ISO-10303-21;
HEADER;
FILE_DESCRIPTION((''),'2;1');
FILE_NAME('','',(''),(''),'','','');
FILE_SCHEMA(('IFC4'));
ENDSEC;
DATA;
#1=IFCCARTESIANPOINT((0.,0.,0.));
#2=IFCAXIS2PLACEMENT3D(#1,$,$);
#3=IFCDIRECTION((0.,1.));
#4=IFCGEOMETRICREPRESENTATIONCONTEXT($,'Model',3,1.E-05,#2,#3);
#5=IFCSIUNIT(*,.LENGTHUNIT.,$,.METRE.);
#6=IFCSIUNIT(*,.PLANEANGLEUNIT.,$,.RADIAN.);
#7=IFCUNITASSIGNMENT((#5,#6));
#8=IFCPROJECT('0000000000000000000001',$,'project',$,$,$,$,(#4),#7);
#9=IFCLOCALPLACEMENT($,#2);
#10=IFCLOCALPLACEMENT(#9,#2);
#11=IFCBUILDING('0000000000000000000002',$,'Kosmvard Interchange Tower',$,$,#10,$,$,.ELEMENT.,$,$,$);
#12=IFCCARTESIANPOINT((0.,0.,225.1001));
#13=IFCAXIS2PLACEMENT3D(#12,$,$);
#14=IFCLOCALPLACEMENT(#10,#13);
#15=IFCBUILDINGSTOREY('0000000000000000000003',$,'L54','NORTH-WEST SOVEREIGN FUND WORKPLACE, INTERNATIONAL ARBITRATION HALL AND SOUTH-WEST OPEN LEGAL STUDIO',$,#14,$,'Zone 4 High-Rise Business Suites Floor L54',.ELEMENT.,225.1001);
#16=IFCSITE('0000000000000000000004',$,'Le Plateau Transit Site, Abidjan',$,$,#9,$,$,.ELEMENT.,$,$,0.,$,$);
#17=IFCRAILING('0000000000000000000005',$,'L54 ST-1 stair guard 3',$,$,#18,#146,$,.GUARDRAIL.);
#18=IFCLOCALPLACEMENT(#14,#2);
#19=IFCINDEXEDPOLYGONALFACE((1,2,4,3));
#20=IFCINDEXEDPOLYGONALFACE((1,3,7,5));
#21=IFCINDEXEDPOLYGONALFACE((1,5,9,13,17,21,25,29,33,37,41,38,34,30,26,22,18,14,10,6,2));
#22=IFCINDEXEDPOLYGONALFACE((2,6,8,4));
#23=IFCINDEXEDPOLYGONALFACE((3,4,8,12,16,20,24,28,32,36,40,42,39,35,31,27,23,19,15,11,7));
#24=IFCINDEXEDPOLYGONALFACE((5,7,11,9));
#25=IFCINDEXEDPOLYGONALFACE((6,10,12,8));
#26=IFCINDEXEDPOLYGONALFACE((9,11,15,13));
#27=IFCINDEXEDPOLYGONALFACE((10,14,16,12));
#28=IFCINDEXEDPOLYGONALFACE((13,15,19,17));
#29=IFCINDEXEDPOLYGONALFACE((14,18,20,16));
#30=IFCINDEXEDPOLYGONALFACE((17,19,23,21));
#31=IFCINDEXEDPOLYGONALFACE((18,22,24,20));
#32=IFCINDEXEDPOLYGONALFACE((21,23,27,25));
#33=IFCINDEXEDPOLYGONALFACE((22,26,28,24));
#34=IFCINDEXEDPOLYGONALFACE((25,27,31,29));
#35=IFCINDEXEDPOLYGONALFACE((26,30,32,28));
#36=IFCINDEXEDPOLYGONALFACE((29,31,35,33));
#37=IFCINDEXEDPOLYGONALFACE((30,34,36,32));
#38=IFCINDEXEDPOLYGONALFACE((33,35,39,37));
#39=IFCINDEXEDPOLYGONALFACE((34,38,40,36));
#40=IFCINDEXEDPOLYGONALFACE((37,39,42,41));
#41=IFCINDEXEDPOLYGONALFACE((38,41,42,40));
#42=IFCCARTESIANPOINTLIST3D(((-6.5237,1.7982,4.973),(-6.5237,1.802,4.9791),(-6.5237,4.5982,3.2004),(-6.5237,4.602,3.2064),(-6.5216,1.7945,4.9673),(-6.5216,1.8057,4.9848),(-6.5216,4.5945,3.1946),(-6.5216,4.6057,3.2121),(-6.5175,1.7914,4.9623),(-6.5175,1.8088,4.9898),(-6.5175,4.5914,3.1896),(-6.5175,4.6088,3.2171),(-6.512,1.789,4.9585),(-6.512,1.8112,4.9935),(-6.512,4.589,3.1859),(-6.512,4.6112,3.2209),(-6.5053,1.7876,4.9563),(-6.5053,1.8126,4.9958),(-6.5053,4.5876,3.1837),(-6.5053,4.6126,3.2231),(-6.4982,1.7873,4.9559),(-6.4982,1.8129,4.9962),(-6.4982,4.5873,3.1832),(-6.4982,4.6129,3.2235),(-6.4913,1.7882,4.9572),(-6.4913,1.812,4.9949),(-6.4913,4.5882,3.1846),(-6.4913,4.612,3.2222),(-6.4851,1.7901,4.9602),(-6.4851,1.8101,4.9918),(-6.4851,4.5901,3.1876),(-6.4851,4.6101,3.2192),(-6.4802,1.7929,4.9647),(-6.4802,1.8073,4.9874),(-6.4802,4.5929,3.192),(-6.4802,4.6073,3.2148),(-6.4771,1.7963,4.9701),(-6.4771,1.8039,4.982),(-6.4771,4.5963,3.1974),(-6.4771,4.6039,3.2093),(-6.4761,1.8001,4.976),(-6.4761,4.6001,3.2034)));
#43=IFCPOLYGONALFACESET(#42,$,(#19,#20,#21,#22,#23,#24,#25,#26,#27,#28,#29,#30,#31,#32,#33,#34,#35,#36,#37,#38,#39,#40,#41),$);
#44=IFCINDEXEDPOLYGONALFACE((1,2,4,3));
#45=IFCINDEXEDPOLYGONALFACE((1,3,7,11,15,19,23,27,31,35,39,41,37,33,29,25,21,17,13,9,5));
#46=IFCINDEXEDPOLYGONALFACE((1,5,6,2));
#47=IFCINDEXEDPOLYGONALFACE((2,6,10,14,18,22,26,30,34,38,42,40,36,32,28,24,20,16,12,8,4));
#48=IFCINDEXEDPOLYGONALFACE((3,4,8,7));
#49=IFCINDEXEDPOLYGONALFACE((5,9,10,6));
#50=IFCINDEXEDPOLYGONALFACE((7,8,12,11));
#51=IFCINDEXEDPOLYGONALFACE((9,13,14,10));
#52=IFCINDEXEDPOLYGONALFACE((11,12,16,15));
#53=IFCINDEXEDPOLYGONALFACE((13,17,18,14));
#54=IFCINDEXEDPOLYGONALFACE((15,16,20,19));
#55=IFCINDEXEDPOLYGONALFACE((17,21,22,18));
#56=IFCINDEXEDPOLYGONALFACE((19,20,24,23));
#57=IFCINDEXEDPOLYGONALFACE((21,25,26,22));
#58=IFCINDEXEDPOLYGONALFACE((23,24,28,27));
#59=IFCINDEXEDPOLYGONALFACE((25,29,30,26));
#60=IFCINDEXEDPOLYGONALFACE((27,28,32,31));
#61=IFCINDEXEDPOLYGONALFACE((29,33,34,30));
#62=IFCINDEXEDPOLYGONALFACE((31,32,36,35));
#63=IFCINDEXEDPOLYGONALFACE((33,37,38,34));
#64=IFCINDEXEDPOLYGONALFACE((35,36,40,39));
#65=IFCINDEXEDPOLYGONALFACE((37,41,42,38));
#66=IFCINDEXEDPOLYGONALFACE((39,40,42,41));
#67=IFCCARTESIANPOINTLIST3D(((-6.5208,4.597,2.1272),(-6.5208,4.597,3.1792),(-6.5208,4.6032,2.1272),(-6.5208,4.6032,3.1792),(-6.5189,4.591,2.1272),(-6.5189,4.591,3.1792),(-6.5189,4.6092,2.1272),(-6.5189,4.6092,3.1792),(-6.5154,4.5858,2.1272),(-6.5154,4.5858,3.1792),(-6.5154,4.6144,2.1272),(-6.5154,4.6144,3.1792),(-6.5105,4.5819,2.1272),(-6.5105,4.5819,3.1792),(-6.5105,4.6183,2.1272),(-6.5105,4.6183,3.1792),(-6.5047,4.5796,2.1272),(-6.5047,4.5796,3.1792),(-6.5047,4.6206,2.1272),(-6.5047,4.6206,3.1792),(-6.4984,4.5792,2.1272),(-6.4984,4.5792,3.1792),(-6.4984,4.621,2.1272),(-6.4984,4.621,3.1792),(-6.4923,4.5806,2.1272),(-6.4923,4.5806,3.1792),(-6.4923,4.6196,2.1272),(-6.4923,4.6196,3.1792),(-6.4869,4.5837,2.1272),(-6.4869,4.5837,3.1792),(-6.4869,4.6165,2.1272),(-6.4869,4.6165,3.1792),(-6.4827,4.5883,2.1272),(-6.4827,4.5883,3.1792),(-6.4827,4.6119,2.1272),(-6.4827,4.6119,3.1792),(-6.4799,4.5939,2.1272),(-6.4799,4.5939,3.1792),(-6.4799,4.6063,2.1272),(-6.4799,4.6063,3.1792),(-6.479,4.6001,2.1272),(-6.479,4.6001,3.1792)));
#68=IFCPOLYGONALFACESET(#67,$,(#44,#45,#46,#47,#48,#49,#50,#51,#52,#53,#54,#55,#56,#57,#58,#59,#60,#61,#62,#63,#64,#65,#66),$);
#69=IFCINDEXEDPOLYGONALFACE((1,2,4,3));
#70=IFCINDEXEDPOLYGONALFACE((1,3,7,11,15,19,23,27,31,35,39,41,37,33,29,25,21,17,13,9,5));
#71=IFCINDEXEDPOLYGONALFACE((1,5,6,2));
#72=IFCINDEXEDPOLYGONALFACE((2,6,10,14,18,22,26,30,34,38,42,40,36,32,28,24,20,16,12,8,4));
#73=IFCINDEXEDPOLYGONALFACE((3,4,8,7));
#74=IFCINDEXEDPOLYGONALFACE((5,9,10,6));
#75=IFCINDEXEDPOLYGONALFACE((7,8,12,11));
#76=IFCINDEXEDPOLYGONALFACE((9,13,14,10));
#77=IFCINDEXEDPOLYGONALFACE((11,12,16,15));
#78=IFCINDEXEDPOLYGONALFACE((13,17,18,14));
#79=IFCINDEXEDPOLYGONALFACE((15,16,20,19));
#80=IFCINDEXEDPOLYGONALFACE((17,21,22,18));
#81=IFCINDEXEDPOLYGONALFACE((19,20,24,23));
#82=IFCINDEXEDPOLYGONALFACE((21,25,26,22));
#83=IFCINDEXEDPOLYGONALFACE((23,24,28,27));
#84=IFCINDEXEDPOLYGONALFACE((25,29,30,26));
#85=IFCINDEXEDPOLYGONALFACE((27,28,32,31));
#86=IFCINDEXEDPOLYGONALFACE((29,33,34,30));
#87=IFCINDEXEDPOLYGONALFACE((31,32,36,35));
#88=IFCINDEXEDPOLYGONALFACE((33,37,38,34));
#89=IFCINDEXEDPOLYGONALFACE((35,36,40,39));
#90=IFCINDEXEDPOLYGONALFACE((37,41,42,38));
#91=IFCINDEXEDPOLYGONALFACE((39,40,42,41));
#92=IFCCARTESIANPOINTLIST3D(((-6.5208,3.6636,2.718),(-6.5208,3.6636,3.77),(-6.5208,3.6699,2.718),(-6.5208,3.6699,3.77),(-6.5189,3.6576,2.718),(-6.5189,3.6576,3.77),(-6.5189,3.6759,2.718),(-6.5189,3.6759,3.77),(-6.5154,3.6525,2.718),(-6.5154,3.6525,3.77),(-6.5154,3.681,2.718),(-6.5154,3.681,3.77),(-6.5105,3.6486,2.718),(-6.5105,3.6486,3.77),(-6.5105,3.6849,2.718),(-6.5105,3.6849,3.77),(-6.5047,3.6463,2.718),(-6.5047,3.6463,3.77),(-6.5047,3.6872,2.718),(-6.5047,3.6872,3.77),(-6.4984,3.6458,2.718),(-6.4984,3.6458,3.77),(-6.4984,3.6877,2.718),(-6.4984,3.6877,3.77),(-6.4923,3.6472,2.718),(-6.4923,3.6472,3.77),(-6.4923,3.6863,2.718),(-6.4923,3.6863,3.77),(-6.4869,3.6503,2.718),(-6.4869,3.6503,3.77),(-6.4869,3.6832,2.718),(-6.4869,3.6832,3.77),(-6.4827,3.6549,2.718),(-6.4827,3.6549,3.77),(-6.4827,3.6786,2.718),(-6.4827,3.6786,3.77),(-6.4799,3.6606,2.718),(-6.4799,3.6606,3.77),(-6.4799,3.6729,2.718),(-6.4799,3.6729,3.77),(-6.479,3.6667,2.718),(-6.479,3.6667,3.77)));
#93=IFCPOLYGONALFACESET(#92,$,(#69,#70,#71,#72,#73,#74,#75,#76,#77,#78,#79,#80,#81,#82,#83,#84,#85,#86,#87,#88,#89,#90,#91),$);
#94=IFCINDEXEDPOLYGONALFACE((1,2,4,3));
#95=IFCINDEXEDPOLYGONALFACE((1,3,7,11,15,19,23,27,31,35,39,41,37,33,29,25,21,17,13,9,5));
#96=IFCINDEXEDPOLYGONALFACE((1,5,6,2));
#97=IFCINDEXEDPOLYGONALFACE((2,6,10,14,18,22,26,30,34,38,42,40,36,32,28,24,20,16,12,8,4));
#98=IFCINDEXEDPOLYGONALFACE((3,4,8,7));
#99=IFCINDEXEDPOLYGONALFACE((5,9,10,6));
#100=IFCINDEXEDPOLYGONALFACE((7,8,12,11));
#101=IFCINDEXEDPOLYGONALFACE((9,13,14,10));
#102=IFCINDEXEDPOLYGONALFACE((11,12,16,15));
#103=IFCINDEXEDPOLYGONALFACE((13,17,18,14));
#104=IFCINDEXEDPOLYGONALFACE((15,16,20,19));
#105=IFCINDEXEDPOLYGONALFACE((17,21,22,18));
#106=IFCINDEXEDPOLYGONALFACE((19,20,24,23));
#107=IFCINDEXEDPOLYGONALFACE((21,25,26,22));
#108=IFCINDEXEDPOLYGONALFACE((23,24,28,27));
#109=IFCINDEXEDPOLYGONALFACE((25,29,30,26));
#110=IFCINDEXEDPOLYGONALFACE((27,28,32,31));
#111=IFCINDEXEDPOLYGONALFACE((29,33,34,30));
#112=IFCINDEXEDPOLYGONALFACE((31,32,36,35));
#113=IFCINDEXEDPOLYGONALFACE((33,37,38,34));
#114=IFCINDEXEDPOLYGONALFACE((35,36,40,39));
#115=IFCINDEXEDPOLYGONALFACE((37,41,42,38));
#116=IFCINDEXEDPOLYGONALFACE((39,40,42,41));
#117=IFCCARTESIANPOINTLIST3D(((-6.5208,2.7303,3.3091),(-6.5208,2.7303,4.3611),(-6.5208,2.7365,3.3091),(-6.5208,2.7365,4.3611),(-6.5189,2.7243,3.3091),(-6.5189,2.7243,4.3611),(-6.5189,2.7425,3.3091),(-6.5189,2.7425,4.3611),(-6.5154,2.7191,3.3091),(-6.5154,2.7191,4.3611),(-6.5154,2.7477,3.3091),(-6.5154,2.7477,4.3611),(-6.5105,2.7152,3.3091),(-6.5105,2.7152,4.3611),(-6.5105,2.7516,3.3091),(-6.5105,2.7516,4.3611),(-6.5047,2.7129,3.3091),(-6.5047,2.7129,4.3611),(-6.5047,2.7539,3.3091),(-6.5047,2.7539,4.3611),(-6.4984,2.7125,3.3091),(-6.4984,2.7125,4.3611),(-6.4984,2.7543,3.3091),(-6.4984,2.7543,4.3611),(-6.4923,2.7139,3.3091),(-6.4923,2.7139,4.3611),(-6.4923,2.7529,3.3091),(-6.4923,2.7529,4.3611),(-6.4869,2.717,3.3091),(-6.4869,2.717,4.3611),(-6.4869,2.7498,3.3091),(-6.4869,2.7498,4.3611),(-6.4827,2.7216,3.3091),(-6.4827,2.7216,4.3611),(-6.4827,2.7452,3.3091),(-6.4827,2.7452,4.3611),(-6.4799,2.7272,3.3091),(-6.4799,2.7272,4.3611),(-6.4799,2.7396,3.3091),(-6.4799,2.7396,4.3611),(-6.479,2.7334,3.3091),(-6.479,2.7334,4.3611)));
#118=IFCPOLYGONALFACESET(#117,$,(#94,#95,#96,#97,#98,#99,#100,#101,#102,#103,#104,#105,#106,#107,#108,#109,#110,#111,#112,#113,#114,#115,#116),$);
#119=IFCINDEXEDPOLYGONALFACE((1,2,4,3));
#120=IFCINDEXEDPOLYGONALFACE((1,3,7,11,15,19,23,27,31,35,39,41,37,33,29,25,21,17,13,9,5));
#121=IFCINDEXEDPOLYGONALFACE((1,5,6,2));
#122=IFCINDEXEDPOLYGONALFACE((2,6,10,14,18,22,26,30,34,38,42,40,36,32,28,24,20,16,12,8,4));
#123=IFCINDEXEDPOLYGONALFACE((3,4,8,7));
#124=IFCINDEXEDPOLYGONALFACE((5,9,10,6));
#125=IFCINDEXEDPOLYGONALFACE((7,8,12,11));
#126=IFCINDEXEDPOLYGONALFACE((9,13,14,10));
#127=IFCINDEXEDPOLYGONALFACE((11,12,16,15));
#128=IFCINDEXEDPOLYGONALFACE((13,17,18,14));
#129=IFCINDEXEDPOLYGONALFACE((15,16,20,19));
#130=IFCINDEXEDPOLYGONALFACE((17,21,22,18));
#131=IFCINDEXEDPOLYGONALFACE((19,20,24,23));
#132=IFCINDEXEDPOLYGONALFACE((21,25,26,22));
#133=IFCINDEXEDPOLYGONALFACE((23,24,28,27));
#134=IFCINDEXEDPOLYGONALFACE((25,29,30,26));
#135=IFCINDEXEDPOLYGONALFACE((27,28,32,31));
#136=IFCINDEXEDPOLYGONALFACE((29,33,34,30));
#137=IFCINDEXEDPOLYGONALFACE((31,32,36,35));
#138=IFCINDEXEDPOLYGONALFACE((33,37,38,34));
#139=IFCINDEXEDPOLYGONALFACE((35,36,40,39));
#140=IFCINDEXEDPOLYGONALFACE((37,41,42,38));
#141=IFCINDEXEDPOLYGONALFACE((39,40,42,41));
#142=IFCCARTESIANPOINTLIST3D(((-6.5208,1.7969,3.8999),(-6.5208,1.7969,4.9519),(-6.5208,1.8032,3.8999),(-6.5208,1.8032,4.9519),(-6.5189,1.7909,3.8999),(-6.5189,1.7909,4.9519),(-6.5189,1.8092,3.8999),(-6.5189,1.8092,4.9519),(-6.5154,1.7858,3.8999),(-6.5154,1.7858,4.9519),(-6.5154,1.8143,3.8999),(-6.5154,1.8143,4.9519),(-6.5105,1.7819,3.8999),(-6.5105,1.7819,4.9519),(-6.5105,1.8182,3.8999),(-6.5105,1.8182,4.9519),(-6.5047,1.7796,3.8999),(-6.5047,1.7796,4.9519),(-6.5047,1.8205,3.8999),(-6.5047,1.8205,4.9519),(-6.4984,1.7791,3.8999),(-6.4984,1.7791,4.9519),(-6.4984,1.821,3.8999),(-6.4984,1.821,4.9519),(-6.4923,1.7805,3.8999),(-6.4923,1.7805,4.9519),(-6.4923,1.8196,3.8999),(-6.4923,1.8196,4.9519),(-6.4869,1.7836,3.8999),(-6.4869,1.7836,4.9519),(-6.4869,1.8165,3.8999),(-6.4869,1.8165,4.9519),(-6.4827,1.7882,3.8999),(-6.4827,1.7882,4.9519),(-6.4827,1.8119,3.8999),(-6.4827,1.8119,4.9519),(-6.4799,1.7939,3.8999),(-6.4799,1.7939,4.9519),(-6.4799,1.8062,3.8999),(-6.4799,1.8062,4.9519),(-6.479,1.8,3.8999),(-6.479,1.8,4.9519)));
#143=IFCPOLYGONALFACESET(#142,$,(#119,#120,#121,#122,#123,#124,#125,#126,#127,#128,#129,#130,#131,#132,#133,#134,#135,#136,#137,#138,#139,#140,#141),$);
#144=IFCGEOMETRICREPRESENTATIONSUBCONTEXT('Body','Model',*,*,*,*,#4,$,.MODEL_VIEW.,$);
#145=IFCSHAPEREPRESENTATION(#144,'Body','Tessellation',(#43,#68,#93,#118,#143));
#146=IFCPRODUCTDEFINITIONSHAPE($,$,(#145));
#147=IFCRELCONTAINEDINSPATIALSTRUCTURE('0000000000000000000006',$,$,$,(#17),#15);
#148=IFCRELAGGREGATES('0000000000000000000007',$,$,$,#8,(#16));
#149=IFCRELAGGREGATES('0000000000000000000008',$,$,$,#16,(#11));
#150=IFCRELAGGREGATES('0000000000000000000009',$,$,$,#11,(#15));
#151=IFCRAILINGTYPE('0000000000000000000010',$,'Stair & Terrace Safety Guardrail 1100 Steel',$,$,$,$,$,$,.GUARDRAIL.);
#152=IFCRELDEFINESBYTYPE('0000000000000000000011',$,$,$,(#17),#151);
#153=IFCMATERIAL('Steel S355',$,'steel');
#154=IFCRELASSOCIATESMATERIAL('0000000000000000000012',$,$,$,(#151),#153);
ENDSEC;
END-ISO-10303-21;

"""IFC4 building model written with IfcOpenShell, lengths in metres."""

from ifc_helpers import new_model, si_unit, direction, frame, origin, origin_2d, place, context, subcontext, project, spatial, circle, extrude, source, transform, mapped, material, type_object, element, save


model = new_model("IFC4")

# Units and contexts
model_context = context("Model", 3, precision=1e-05, world=origin(), true_north=direction((0.0, 1.0)))
body_context = subcontext(model_context, "Body", "Model", "MODEL_VIEW")
ifc_project = project(units=[si_unit("LENGTHUNIT", "METRE"), si_unit("PLANEANGLEUNIT", "RADIAN")], contexts=[model_context])

# Site, building, storey
site_placement = place(None, origin())
site = spatial("IfcSite", under=ifc_project, at=site_placement, Name="Le Plateau Transit Site, Abidjan", CompositionType="ELEMENT", RefElevation=0.0)
building_placement = place(site_placement, origin())
building = spatial("IfcBuilding", under=site, at=building_placement, Name="Kosmvard Interchange Tower", CompositionType="ELEMENT")
storey_placement = place(building_placement, frame((0.0, 0.0, 225.1001)))
storey = spatial("IfcBuildingStorey", under=building, at=storey_placement, Name="L54", Description="NORTH-WEST SOVEREIGN FUND WORKPLACE, INTERNATIONAL ARBITRATION HALL AND SOUTH-WEST OPEN LEGAL STUDIO", LongName="Zone 4 High-Rise Business Suites Floor L54", CompositionType="ELEMENT", Elevation=225.1001)

# Shared definitions
ifc_material_1 = material(Name="Steel S355", Category="steel")

# Railing
railing_type_1 = type_object("IfcRailingType", Name="Stair & Terrace Safety Guardrail 1100 Steel", PredefinedType="GUARDRAIL", material=ifc_material_1)
shared_shape_1 = source(origin(), body_context, "Body", "SweptSolid", [
    extrude(circle(Radius=0.0239, at=origin_2d()), frame((0.0, 0.0, 1.0762), z_axis=(0.0, -0.844909, 0.53491), x_axis=(1.0, 0.0, 0.0)), (0.0, 0.0, 1.0), 3.314),
    extrude(circle(Radius=0.021, at=origin_2d()), origin(), (0.0, 0.0, 1.0), 1.052),
    extrude(circle(Radius=0.021, at=origin_2d()), frame((0.0, -0.9333, 0.5908)), (0.0, 0.0, 1.0), 1.052),
    extrude(circle(Radius=0.021, at=origin_2d()), frame((0.0, -1.8667, 1.1819)), (0.0, 0.0, 1.0), 1.052),
    extrude(circle(Radius=0.021, at=origin_2d()), frame((0.0, -2.8, 1.7727)), (0.0, 0.0, 1.0), 1.052),
])
railing_1_placement = place(storey_placement, frame((-6.5, 4.6001, 2.1272)))
element("IfcRailing", 1, at=railing_1_placement, inside=storey, type_object=railing_type_1, Name="L54 ST-1 stair guard 3", PredefinedType="GUARDRAIL", context=body_context, shape_type="MappedRepresentation", body=[
    mapped(shared_shape_1, transform((0.0, 0.0, 0.0), scale=1.0)),
])

save(model, "model.ifc")
